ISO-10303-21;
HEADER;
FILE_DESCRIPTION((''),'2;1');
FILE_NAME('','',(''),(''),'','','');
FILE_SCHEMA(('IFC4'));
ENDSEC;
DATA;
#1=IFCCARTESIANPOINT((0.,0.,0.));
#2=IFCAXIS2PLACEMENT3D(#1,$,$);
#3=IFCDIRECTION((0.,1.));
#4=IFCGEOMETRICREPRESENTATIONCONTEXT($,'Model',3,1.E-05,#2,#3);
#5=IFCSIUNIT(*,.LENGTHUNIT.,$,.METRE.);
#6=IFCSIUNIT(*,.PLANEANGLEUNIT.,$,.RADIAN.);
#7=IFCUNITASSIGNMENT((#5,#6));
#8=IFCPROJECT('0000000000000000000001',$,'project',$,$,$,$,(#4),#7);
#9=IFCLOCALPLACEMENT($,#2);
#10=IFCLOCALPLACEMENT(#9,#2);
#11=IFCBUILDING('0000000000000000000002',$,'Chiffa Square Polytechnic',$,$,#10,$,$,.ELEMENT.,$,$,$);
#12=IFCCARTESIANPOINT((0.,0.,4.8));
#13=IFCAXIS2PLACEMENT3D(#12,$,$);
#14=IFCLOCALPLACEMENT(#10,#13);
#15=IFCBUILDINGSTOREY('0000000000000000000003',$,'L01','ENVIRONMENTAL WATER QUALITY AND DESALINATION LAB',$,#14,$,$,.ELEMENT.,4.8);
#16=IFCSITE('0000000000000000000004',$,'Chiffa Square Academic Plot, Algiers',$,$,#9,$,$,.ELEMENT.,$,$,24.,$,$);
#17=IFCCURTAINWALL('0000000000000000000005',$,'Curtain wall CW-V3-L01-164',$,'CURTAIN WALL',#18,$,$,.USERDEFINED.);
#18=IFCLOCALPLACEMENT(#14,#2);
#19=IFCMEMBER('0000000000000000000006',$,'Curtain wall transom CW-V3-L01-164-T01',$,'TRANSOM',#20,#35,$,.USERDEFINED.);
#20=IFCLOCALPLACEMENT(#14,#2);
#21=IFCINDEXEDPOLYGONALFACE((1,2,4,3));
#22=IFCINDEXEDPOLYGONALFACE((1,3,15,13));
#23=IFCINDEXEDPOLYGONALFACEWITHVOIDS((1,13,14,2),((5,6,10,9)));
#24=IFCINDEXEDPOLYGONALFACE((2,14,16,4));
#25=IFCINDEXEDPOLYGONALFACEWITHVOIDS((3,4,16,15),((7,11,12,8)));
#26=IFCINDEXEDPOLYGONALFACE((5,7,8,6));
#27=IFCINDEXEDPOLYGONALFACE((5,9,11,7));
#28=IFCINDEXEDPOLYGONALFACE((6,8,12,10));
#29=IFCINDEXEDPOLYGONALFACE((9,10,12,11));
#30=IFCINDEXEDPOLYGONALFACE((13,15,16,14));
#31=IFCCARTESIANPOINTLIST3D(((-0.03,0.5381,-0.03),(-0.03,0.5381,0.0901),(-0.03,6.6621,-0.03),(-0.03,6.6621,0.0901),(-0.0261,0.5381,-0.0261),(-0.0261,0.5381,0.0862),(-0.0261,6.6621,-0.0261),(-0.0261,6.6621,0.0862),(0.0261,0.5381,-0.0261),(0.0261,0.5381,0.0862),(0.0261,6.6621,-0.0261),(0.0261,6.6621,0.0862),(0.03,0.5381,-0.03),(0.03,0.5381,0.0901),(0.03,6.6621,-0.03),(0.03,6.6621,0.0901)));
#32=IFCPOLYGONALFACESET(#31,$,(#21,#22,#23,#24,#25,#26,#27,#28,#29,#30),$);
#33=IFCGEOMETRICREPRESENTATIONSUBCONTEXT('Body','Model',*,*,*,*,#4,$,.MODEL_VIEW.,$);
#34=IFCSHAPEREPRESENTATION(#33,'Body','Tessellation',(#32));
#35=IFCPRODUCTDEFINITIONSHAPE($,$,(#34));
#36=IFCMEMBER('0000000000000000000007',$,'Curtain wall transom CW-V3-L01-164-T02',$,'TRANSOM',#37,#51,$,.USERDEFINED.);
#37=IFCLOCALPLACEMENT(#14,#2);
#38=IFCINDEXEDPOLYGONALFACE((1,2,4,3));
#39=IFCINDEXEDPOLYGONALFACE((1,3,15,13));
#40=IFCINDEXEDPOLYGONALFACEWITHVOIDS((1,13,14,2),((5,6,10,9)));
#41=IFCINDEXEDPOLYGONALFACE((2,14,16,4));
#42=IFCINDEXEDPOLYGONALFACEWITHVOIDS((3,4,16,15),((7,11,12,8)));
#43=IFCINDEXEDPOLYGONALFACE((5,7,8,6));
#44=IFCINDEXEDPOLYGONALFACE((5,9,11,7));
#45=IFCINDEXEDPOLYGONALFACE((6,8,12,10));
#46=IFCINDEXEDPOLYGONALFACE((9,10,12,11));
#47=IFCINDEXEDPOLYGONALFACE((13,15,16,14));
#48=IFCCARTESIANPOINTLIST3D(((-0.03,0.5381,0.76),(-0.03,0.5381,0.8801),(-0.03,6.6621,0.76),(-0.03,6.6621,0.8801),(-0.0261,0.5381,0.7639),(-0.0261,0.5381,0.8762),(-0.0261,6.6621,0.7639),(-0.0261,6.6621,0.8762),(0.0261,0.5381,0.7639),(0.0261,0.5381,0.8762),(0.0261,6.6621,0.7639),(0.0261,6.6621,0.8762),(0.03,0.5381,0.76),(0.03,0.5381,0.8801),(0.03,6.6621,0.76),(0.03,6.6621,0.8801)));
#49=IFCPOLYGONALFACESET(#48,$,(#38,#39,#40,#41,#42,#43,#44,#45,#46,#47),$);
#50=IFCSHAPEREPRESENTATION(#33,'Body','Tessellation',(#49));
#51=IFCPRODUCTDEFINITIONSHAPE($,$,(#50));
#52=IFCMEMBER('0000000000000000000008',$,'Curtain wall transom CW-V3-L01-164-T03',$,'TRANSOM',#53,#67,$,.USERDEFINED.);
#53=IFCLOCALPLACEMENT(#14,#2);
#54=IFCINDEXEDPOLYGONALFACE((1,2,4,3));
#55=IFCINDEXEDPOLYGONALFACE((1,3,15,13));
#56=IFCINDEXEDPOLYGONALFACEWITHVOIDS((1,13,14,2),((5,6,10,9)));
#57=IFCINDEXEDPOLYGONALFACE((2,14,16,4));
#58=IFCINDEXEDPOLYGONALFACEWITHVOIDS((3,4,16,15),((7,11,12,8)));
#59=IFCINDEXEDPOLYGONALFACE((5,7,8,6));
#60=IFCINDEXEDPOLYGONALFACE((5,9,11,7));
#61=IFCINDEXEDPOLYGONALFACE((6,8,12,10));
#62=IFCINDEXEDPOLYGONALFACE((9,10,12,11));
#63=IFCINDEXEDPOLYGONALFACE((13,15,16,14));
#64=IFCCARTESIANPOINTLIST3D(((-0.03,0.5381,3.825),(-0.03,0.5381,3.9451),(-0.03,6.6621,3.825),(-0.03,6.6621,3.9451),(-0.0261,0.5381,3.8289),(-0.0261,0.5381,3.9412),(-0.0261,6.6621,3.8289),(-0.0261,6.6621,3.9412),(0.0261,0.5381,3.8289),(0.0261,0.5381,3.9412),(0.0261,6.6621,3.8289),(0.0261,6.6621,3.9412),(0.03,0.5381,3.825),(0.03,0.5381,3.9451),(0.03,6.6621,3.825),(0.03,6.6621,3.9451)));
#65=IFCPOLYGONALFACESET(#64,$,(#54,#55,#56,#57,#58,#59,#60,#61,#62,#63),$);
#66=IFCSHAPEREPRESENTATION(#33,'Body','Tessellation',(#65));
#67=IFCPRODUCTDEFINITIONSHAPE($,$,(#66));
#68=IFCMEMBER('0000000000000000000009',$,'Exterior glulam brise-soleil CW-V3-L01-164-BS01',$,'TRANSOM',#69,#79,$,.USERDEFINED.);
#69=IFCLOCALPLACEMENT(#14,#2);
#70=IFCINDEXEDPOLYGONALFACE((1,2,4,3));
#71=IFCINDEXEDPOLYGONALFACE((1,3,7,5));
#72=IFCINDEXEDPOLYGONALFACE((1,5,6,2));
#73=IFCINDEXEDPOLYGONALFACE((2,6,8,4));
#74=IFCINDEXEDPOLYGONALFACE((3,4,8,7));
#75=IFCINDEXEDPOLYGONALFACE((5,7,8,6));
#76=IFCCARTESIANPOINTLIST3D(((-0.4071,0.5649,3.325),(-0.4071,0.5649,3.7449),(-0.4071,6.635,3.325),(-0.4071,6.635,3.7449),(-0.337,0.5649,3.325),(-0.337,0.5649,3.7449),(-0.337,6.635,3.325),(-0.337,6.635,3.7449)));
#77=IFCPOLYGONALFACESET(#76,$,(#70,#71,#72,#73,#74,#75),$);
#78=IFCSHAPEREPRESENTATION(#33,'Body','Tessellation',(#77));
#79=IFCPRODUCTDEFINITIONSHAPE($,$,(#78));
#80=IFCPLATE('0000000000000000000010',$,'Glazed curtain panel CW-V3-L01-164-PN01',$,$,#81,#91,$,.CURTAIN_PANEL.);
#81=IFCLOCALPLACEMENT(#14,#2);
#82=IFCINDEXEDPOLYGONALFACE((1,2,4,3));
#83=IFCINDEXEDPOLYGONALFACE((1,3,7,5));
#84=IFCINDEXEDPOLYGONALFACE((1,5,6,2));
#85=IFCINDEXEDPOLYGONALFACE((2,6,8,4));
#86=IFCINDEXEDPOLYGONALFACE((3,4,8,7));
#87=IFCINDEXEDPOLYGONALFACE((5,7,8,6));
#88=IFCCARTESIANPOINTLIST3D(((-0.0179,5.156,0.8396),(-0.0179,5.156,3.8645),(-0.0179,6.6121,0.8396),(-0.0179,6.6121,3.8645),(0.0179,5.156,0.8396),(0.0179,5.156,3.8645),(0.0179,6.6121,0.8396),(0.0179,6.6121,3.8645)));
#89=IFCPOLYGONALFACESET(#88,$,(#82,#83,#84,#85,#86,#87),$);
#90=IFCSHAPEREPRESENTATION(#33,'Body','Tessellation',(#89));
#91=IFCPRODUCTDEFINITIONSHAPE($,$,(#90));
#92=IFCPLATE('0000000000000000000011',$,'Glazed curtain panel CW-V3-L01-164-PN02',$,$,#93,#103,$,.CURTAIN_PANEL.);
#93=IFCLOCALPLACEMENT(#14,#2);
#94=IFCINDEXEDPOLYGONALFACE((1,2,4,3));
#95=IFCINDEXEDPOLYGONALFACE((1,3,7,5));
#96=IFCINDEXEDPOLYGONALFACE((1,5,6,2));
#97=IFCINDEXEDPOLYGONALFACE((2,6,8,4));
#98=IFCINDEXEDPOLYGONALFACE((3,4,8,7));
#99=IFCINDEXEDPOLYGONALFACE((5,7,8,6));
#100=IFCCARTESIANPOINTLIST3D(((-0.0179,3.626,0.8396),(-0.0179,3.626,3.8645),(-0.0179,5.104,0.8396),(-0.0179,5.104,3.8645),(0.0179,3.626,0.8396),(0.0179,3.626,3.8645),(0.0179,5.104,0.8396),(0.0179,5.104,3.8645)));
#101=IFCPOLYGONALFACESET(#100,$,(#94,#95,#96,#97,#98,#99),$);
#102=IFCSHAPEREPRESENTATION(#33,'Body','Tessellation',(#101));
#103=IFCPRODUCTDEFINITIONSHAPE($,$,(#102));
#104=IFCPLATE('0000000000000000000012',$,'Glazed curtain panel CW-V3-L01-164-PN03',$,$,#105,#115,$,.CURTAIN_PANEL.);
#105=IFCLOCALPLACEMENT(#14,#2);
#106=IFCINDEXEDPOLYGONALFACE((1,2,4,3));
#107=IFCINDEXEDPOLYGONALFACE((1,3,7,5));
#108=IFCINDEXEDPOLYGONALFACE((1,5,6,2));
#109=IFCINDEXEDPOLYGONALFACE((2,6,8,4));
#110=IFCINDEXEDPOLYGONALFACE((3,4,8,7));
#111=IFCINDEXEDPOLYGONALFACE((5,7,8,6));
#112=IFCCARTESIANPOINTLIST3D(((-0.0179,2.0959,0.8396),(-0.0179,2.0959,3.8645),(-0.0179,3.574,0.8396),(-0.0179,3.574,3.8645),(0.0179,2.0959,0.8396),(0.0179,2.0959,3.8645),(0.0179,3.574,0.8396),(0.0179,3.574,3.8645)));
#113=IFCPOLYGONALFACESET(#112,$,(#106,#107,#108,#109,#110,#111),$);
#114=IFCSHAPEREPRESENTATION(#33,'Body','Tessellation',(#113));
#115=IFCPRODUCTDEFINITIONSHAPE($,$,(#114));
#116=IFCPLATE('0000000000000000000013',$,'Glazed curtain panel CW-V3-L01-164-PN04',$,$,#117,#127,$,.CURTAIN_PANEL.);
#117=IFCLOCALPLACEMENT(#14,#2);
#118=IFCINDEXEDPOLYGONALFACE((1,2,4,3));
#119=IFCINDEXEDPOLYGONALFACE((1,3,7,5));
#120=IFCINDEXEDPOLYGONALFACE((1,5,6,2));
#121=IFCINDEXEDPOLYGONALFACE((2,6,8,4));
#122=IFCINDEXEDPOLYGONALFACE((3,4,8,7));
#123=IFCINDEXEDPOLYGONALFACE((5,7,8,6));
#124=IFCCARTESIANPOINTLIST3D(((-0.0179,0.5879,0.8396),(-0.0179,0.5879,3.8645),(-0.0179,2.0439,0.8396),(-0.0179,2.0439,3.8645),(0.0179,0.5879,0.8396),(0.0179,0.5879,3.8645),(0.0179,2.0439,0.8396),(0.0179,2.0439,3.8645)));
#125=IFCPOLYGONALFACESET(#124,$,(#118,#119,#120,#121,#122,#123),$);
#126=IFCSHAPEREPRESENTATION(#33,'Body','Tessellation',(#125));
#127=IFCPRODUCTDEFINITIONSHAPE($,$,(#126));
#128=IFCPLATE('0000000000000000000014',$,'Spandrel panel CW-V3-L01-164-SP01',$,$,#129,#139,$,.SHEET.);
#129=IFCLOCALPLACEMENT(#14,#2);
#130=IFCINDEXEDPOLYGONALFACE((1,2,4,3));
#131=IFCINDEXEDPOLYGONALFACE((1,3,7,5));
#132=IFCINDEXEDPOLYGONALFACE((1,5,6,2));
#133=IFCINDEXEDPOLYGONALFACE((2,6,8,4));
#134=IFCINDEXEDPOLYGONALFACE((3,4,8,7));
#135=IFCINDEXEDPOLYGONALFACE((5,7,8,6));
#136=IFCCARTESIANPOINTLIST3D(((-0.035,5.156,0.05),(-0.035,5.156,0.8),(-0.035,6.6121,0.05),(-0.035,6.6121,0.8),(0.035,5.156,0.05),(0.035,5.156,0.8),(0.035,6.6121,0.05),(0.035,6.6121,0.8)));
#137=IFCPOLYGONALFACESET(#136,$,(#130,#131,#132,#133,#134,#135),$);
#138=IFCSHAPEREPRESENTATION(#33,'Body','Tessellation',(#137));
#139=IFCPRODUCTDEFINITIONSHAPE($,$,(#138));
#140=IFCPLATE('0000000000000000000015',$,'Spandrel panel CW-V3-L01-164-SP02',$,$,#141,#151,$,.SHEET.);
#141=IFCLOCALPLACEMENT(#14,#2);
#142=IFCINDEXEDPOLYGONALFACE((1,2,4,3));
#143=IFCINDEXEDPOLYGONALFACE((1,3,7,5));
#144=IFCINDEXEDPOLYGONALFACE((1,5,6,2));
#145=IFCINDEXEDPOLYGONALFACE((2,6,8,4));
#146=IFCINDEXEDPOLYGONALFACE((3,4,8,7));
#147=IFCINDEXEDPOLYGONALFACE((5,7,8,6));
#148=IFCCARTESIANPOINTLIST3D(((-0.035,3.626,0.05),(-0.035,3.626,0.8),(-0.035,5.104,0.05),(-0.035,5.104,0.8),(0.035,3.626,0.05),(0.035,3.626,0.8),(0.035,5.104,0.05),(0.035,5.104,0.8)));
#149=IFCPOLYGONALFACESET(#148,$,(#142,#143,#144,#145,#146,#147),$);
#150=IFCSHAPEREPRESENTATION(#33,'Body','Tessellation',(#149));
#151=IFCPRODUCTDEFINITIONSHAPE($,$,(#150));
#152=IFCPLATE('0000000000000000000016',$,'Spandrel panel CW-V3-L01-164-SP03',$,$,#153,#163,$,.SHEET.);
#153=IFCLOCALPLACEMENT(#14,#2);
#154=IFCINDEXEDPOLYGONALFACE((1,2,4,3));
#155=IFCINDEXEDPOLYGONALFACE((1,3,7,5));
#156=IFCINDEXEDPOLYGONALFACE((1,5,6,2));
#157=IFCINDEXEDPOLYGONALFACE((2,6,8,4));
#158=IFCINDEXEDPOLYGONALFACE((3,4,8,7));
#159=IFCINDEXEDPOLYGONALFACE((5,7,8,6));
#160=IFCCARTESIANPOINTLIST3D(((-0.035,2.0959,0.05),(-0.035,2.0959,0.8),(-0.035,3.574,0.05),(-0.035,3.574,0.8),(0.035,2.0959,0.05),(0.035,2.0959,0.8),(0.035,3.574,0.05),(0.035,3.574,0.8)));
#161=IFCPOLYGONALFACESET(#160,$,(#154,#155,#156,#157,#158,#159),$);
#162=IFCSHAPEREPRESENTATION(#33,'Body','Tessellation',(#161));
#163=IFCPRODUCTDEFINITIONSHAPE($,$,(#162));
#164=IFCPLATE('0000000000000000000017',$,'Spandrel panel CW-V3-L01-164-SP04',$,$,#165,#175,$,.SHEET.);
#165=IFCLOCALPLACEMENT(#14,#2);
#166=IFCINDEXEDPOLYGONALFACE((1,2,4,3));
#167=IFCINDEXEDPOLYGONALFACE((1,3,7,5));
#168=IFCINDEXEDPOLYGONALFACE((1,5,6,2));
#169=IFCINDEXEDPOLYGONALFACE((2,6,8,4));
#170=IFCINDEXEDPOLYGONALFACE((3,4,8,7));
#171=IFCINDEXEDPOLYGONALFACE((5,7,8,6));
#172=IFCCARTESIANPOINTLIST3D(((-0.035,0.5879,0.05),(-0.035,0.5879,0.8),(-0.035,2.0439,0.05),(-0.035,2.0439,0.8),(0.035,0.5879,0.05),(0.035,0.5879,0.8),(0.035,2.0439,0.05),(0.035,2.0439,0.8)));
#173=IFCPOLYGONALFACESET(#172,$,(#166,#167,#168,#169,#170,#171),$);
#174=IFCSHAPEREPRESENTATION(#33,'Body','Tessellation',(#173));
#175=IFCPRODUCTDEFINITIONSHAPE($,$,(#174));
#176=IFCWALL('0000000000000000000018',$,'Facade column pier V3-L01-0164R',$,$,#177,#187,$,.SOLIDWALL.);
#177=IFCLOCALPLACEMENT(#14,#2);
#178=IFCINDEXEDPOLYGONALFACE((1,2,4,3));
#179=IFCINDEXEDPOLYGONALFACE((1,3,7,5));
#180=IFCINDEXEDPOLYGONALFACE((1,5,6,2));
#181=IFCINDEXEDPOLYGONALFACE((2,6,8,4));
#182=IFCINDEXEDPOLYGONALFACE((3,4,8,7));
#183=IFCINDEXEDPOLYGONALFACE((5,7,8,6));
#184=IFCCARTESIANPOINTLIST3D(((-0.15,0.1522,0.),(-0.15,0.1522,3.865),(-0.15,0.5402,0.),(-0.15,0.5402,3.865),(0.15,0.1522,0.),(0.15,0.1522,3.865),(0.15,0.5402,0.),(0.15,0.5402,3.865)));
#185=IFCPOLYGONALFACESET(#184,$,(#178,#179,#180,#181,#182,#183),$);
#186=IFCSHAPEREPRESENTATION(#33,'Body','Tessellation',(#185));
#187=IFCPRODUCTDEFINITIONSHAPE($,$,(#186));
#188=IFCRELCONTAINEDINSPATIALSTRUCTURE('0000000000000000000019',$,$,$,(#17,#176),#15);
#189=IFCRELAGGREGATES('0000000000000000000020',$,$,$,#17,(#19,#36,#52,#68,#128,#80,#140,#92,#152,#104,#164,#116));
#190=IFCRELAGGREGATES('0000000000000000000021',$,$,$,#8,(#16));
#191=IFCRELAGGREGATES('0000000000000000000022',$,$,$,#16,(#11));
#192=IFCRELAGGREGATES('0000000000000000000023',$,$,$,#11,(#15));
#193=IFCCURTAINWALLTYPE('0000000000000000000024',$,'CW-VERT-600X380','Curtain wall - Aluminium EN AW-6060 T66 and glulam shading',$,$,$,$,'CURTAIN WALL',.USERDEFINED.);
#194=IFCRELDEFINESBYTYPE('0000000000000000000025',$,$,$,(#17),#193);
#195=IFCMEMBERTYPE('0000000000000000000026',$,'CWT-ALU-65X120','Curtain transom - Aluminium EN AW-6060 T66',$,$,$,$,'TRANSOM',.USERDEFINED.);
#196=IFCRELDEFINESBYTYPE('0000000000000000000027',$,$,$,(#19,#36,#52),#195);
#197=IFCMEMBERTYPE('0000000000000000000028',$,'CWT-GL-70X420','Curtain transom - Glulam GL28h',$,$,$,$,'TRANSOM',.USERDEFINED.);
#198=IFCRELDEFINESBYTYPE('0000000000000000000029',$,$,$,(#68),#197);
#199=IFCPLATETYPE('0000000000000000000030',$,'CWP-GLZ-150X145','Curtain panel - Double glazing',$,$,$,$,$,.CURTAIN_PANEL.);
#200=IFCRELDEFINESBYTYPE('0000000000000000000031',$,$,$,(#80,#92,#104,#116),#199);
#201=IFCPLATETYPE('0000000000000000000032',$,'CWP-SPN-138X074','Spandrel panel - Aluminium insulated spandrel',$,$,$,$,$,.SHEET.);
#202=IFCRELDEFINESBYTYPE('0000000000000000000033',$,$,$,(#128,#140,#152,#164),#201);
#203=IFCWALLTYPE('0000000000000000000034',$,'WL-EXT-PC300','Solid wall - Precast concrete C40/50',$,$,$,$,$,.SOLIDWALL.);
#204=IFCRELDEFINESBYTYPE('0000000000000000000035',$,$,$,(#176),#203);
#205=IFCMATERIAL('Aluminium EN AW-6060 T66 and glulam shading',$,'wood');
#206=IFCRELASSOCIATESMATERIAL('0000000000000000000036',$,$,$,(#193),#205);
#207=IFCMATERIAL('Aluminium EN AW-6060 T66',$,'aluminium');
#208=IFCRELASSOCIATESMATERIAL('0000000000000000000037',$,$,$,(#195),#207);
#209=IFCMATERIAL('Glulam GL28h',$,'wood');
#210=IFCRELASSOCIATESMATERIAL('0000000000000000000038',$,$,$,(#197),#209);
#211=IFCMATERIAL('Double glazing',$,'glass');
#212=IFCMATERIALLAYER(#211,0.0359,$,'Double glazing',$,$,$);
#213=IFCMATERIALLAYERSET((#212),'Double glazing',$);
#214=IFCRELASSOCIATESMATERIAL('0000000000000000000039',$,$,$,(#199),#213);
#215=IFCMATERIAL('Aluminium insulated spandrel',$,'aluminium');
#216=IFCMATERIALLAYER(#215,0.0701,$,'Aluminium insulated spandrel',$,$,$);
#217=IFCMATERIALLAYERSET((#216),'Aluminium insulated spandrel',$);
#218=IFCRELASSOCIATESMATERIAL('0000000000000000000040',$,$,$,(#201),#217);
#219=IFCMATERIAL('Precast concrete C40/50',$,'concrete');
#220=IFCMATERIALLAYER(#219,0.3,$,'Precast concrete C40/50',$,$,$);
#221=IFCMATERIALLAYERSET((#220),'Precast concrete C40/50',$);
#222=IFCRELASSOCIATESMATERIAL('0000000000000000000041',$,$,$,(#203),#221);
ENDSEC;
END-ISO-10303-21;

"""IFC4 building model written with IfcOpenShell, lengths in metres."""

from ifc_helpers import new_model, si_unit, direction, frame, frame_2d, origin, origin_2d, place, context, subcontext, project, spatial, rectangle, hollow_rectangle, extrude, material, layer, layer_set, material_profile, profile_set, type_object, element, aggregate, save


model = new_model("IFC4")

# Units and contexts
model_context = context("Model", 3, precision=1e-05, world=origin(), true_north=direction((0.0, 1.0)))
body_context = subcontext(model_context, "Body", "Model", "MODEL_VIEW")
ifc_project = project(units=[si_unit("LENGTHUNIT", "METRE"), si_unit("PLANEANGLEUNIT", "RADIAN")], contexts=[model_context])

# Site, building, storey
site_placement = place(None, origin())
site = spatial("IfcSite", under=ifc_project, at=site_placement, Name="Chiffa Square Academic Plot, Algiers", CompositionType="ELEMENT", RefElevation=24.0)
building_placement = place(site_placement, origin())
building = spatial("IfcBuilding", under=site, at=building_placement, Name="Chiffa Square Polytechnic", CompositionType="ELEMENT")
storey_placement = place(building_placement, frame((0.0, 0.0, 4.8)))
storey = spatial("IfcBuildingStorey", under=building, at=storey_placement, Name="L01", Description="ENVIRONMENTAL WATER QUALITY AND DESALINATION LAB", CompositionType="ELEMENT", Elevation=4.8)

# Curtain wall, members, plates
ifc_material_1 = material(Name="Aluminium EN AW-6060 T66 and glulam shading", Category="wood")
curtain_wall_type = type_object("IfcCurtainWallType", Name="CW-VERT-600X380", Description="Curtain wall - Aluminium EN AW-6060 T66 and glulam shading", ElementType="CURTAIN WALL", PredefinedType="USERDEFINED", material=ifc_material_1)
curtain_wall_placement = place(storey_placement, origin())
curtain_wall = element("IfcCurtainWall", 1, at=curtain_wall_placement, inside=storey, type_object=curtain_wall_type, Name="Curtain wall CW-V3-L01-164", ObjectType="CURTAIN WALL", PredefinedType="USERDEFINED")
ifc_material_2 = material(Name="Aluminium EN AW-6060 T66", Category="aluminium")
ifc_material_3 = material(Name="Glulam GL28h", Category="wood")
ifc_material_profile_1 = material_profile(ifc_material_2, hollow_rectangle(XDim=0.0601, YDim=0.1201, WallThickness=0.0039, at=origin_2d()), Name="ALU 60x120x4")
ifc_profile_set_1 = profile_set([ifc_material_profile_1], Name="Aluminium EN AW-6060 T66")
member_type_1 = type_object("IfcMemberType", Name="CWT-ALU-65X120", Description="Curtain transom - Aluminium EN AW-6060 T66", ElementType="TRANSOM", PredefinedType="USERDEFINED", material=ifc_profile_set_1)
member_1_placement = place(storey_placement, frame((0.0, 6.6621, 0.03), z_axis=(0.0, -1.0, 0.0), x_axis=(1.0, 0.0, 0.0)))
member_1 = element("IfcMember", 2, at=member_1_placement, type_object=member_type_1, Name="Curtain wall transom CW-V3-L01-164-T01", ObjectType="TRANSOM", PredefinedType="USERDEFINED", context=body_context, shape_type="SweptSolid", body=[
    extrude(hollow_rectangle(XDim=0.0601, YDim=0.1201, WallThickness=0.0039, at=origin_2d()), origin(), (0.0, 0.0, 1.0), 6.124),
])
member_2_placement = place(storey_placement, frame((0.0, 6.6621, 0.8201), z_axis=(0.0, -1.0, 0.0), x_axis=(1.0, 0.0, 0.0)))
member_2 = element("IfcMember", 3, at=member_2_placement, type_object=member_type_1, Name="Curtain wall transom CW-V3-L01-164-T02", ObjectType="TRANSOM", PredefinedType="USERDEFINED", context=body_context, shape_type="SweptSolid", body=[
    extrude(hollow_rectangle(XDim=0.0601, YDim=0.1201, WallThickness=0.0039, at=origin_2d()), origin(), (0.0, 0.0, 1.0), 6.124),
])
member_3_placement = place(storey_placement, frame((0.0, 6.6621, 3.885), z_axis=(0.0, -1.0, 0.0), x_axis=(1.0, 0.0, 0.0)))
member_3 = element("IfcMember", 4, at=member_3_placement, type_object=member_type_1, Name="Curtain wall transom CW-V3-L01-164-T03", ObjectType="TRANSOM", PredefinedType="USERDEFINED", context=body_context, shape_type="SweptSolid", body=[
    extrude(hollow_rectangle(XDim=0.0601, YDim=0.1201, WallThickness=0.0039, at=origin_2d()), origin(), (0.0, 0.0, 1.0), 6.124),
])
ifc_material_profile_2 = material_profile(ifc_material_3, rectangle(XDim=0.0701, YDim=0.4199, at=origin_2d()), Name="GL28h 70x420")
ifc_profile_set_2 = profile_set([ifc_material_profile_2], Name="Glulam GL28h")
member_type_2 = type_object("IfcMemberType", Name="CWT-GL-70X420", Description="Curtain transom - Glulam GL28h", ElementType="TRANSOM", PredefinedType="USERDEFINED", material=ifc_profile_set_2)
member_4_placement = place(storey_placement, frame((-0.3721, 6.635, 3.5349), z_axis=(0.0, -1.0, 0.0), x_axis=(1.0, 0.0, 0.0)))
member_4 = element("IfcMember", 5, at=member_4_placement, type_object=member_type_2, Name="Exterior glulam brise-soleil CW-V3-L01-164-BS01", ObjectType="TRANSOM", PredefinedType="USERDEFINED", context=body_context, shape_type="SweptSolid", body=[
    extrude(rectangle(XDim=0.0701, YDim=0.4199, at=origin_2d()), origin(), (0.0, 0.0, 1.0), 6.0701),
])
ifc_material_4 = material(Name="Double glazing", Category="glass")
ifc_layer_1 = layer(ifc_material_4, 0.0359, Name="Double glazing")
ifc_layer_set_1 = layer_set([ifc_layer_1], Name="Double glazing")
plate_type_1 = type_object("IfcPlateType", Name="CWP-GLZ-150X145", Description="Curtain panel - Double glazing", PredefinedType="CURTAIN_PANEL", material=ifc_layer_set_1)
plate_1_placement = place(storey_placement, frame((0.0, 5.884, 0.8396), z_axis=(0.0, 0.0, 1.0), x_axis=(0.0, -1.0, 0.0)))
plate_1 = element("IfcPlate", 6, at=plate_1_placement, type_object=plate_type_1, Name="Glazed curtain panel CW-V3-L01-164-PN01", PredefinedType="CURTAIN_PANEL", context=body_context, shape_type="SweptSolid", body=[
    extrude(rectangle(XDim=1.4561, YDim=0.0359, at=origin_2d()), origin(), (0.0, 0.0, 1.0), 3.0249),
])
plate_2_placement = place(storey_placement, frame((0.0, 4.365, 0.8396), z_axis=(0.0, 0.0, 1.0), x_axis=(0.0, -1.0, 0.0)))
plate_2 = element("IfcPlate", 7, at=plate_2_placement, type_object=plate_type_1, Name="Glazed curtain panel CW-V3-L01-164-PN02", PredefinedType="CURTAIN_PANEL", context=body_context, shape_type="SweptSolid", body=[
    extrude(rectangle(XDim=1.478, YDim=0.0359, at=origin_2d()), origin(), (0.0, 0.0, 1.0), 3.0249),
])
plate_3_placement = place(storey_placement, frame((0.0, 2.835, 0.8396), z_axis=(0.0, 0.0, 1.0), x_axis=(0.0, -1.0, 0.0)))
plate_3 = element("IfcPlate", 8, at=plate_3_placement, type_object=plate_type_1, Name="Glazed curtain panel CW-V3-L01-164-PN03", PredefinedType="CURTAIN_PANEL", context=body_context, shape_type="SweptSolid", body=[
    extrude(rectangle(XDim=1.478, YDim=0.0359, at=origin_2d()), origin(), (0.0, 0.0, 1.0), 3.0249),
])
plate_4_placement = place(storey_placement, frame((0.0, 1.3159, 0.8396), z_axis=(0.0, 0.0, 1.0), x_axis=(0.0, -1.0, 0.0)))
plate_4 = element("IfcPlate", 9, at=plate_4_placement, type_object=plate_type_1, Name="Glazed curtain panel CW-V3-L01-164-PN04", PredefinedType="CURTAIN_PANEL", context=body_context, shape_type="SweptSolid", body=[
    extrude(rectangle(XDim=1.4561, YDim=0.0359, at=origin_2d()), origin(), (0.0, 0.0, 1.0), 3.0249),
])
ifc_material_5 = material(Name="Aluminium insulated spandrel", Category="aluminium")
ifc_layer_2 = layer(ifc_material_5, 0.0701, Name="Aluminium insulated spandrel")
ifc_layer_set_2 = layer_set([ifc_layer_2], Name="Aluminium insulated spandrel")
plate_type_2 = type_object("IfcPlateType", Name="CWP-SPN-138X074", Description="Spandrel panel - Aluminium insulated spandrel", PredefinedType="SHEET", material=ifc_layer_set_2)
plate_5_placement = place(storey_placement, frame((0.0, 5.884, 0.05), z_axis=(0.0, 0.0, 1.0), x_axis=(0.0, -1.0, 0.0)))
plate_5 = element("IfcPlate", 10, at=plate_5_placement, type_object=plate_type_2, Name="Spandrel panel CW-V3-L01-164-SP01", PredefinedType="SHEET", context=body_context, shape_type="SweptSolid", body=[
    extrude(rectangle(XDim=1.4561, YDim=0.0701, at=origin_2d()), origin(), (0.0, 0.0, 1.0), 0.75),
])
plate_6_placement = place(storey_placement, frame((0.0, 4.365, 0.05), z_axis=(0.0, 0.0, 1.0), x_axis=(0.0, -1.0, 0.0)))
plate_6 = element("IfcPlate", 11, at=plate_6_placement, type_object=plate_type_2, Name="Spandrel panel CW-V3-L01-164-SP02", PredefinedType="SHEET", context=body_context, shape_type="SweptSolid", body=[
    extrude(rectangle(XDim=1.478, YDim=0.0701, at=origin_2d()), origin(), (0.0, 0.0, 1.0), 0.75),
])
plate_7_placement = place(storey_placement, frame((0.0, 2.835, 0.05), z_axis=(0.0, 0.0, 1.0), x_axis=(0.0, -1.0, 0.0)))
plate_7 = element("IfcPlate", 12, at=plate_7_placement, type_object=plate_type_2, Name="Spandrel panel CW-V3-L01-164-SP03", PredefinedType="SHEET", context=body_context, shape_type="SweptSolid", body=[
    extrude(rectangle(XDim=1.478, YDim=0.0701, at=origin_2d()), origin(), (0.0, 0.0, 1.0), 0.75),
])
plate_8_placement = place(storey_placement, frame((0.0, 1.3159, 0.05), z_axis=(0.0, 0.0, 1.0), x_axis=(0.0, -1.0, 0.0)))
plate_8 = element("IfcPlate", 13, at=plate_8_placement, type_object=plate_type_2, Name="Spandrel panel CW-V3-L01-164-SP04", PredefinedType="SHEET", context=body_context, shape_type="SweptSolid", body=[
    extrude(rectangle(XDim=1.4561, YDim=0.0701, at=origin_2d()), origin(), (0.0, 0.0, 1.0), 0.75),
])
aggregate(curtain_wall, [member_1, member_2, member_3, member_4, plate_5, plate_1, plate_6, plate_2, plate_7, plate_3, plate_8, plate_4])

# Wall
ifc_material_6 = material(Name="Precast concrete C40/50", Category="concrete")
ifc_layer_3 = layer(ifc_material_6, 0.3, Name="Precast concrete C40/50")
ifc_layer_set_3 = layer_set([ifc_layer_3], Name="Precast concrete C40/50")
wall_type = type_object("IfcWallType", Name="WL-EXT-PC300", Description="Solid wall - Precast concrete C40/50", PredefinedType="SOLIDWALL", material=ifc_layer_set_3)
wall_placement = place(storey_placement, frame((0.0, 0.54, 0.0), z_axis=(0.0, 0.0, 1.0), x_axis=(0.0, -1.0, 0.0)))
element("IfcWall", 14, at=wall_placement, inside=storey, type_object=wall_type, Name="Facade column pier V3-L01-0164R", PredefinedType="SOLIDWALL", context=body_context, shape_type="SweptSolid", body=[
    extrude(rectangle(XDim=0.3879, YDim=0.3, at=frame_2d((0.1938, 0.0))), origin(), (0.0, 0.0, 1.0), 3.865),
])

save(model, "model.ifc")
